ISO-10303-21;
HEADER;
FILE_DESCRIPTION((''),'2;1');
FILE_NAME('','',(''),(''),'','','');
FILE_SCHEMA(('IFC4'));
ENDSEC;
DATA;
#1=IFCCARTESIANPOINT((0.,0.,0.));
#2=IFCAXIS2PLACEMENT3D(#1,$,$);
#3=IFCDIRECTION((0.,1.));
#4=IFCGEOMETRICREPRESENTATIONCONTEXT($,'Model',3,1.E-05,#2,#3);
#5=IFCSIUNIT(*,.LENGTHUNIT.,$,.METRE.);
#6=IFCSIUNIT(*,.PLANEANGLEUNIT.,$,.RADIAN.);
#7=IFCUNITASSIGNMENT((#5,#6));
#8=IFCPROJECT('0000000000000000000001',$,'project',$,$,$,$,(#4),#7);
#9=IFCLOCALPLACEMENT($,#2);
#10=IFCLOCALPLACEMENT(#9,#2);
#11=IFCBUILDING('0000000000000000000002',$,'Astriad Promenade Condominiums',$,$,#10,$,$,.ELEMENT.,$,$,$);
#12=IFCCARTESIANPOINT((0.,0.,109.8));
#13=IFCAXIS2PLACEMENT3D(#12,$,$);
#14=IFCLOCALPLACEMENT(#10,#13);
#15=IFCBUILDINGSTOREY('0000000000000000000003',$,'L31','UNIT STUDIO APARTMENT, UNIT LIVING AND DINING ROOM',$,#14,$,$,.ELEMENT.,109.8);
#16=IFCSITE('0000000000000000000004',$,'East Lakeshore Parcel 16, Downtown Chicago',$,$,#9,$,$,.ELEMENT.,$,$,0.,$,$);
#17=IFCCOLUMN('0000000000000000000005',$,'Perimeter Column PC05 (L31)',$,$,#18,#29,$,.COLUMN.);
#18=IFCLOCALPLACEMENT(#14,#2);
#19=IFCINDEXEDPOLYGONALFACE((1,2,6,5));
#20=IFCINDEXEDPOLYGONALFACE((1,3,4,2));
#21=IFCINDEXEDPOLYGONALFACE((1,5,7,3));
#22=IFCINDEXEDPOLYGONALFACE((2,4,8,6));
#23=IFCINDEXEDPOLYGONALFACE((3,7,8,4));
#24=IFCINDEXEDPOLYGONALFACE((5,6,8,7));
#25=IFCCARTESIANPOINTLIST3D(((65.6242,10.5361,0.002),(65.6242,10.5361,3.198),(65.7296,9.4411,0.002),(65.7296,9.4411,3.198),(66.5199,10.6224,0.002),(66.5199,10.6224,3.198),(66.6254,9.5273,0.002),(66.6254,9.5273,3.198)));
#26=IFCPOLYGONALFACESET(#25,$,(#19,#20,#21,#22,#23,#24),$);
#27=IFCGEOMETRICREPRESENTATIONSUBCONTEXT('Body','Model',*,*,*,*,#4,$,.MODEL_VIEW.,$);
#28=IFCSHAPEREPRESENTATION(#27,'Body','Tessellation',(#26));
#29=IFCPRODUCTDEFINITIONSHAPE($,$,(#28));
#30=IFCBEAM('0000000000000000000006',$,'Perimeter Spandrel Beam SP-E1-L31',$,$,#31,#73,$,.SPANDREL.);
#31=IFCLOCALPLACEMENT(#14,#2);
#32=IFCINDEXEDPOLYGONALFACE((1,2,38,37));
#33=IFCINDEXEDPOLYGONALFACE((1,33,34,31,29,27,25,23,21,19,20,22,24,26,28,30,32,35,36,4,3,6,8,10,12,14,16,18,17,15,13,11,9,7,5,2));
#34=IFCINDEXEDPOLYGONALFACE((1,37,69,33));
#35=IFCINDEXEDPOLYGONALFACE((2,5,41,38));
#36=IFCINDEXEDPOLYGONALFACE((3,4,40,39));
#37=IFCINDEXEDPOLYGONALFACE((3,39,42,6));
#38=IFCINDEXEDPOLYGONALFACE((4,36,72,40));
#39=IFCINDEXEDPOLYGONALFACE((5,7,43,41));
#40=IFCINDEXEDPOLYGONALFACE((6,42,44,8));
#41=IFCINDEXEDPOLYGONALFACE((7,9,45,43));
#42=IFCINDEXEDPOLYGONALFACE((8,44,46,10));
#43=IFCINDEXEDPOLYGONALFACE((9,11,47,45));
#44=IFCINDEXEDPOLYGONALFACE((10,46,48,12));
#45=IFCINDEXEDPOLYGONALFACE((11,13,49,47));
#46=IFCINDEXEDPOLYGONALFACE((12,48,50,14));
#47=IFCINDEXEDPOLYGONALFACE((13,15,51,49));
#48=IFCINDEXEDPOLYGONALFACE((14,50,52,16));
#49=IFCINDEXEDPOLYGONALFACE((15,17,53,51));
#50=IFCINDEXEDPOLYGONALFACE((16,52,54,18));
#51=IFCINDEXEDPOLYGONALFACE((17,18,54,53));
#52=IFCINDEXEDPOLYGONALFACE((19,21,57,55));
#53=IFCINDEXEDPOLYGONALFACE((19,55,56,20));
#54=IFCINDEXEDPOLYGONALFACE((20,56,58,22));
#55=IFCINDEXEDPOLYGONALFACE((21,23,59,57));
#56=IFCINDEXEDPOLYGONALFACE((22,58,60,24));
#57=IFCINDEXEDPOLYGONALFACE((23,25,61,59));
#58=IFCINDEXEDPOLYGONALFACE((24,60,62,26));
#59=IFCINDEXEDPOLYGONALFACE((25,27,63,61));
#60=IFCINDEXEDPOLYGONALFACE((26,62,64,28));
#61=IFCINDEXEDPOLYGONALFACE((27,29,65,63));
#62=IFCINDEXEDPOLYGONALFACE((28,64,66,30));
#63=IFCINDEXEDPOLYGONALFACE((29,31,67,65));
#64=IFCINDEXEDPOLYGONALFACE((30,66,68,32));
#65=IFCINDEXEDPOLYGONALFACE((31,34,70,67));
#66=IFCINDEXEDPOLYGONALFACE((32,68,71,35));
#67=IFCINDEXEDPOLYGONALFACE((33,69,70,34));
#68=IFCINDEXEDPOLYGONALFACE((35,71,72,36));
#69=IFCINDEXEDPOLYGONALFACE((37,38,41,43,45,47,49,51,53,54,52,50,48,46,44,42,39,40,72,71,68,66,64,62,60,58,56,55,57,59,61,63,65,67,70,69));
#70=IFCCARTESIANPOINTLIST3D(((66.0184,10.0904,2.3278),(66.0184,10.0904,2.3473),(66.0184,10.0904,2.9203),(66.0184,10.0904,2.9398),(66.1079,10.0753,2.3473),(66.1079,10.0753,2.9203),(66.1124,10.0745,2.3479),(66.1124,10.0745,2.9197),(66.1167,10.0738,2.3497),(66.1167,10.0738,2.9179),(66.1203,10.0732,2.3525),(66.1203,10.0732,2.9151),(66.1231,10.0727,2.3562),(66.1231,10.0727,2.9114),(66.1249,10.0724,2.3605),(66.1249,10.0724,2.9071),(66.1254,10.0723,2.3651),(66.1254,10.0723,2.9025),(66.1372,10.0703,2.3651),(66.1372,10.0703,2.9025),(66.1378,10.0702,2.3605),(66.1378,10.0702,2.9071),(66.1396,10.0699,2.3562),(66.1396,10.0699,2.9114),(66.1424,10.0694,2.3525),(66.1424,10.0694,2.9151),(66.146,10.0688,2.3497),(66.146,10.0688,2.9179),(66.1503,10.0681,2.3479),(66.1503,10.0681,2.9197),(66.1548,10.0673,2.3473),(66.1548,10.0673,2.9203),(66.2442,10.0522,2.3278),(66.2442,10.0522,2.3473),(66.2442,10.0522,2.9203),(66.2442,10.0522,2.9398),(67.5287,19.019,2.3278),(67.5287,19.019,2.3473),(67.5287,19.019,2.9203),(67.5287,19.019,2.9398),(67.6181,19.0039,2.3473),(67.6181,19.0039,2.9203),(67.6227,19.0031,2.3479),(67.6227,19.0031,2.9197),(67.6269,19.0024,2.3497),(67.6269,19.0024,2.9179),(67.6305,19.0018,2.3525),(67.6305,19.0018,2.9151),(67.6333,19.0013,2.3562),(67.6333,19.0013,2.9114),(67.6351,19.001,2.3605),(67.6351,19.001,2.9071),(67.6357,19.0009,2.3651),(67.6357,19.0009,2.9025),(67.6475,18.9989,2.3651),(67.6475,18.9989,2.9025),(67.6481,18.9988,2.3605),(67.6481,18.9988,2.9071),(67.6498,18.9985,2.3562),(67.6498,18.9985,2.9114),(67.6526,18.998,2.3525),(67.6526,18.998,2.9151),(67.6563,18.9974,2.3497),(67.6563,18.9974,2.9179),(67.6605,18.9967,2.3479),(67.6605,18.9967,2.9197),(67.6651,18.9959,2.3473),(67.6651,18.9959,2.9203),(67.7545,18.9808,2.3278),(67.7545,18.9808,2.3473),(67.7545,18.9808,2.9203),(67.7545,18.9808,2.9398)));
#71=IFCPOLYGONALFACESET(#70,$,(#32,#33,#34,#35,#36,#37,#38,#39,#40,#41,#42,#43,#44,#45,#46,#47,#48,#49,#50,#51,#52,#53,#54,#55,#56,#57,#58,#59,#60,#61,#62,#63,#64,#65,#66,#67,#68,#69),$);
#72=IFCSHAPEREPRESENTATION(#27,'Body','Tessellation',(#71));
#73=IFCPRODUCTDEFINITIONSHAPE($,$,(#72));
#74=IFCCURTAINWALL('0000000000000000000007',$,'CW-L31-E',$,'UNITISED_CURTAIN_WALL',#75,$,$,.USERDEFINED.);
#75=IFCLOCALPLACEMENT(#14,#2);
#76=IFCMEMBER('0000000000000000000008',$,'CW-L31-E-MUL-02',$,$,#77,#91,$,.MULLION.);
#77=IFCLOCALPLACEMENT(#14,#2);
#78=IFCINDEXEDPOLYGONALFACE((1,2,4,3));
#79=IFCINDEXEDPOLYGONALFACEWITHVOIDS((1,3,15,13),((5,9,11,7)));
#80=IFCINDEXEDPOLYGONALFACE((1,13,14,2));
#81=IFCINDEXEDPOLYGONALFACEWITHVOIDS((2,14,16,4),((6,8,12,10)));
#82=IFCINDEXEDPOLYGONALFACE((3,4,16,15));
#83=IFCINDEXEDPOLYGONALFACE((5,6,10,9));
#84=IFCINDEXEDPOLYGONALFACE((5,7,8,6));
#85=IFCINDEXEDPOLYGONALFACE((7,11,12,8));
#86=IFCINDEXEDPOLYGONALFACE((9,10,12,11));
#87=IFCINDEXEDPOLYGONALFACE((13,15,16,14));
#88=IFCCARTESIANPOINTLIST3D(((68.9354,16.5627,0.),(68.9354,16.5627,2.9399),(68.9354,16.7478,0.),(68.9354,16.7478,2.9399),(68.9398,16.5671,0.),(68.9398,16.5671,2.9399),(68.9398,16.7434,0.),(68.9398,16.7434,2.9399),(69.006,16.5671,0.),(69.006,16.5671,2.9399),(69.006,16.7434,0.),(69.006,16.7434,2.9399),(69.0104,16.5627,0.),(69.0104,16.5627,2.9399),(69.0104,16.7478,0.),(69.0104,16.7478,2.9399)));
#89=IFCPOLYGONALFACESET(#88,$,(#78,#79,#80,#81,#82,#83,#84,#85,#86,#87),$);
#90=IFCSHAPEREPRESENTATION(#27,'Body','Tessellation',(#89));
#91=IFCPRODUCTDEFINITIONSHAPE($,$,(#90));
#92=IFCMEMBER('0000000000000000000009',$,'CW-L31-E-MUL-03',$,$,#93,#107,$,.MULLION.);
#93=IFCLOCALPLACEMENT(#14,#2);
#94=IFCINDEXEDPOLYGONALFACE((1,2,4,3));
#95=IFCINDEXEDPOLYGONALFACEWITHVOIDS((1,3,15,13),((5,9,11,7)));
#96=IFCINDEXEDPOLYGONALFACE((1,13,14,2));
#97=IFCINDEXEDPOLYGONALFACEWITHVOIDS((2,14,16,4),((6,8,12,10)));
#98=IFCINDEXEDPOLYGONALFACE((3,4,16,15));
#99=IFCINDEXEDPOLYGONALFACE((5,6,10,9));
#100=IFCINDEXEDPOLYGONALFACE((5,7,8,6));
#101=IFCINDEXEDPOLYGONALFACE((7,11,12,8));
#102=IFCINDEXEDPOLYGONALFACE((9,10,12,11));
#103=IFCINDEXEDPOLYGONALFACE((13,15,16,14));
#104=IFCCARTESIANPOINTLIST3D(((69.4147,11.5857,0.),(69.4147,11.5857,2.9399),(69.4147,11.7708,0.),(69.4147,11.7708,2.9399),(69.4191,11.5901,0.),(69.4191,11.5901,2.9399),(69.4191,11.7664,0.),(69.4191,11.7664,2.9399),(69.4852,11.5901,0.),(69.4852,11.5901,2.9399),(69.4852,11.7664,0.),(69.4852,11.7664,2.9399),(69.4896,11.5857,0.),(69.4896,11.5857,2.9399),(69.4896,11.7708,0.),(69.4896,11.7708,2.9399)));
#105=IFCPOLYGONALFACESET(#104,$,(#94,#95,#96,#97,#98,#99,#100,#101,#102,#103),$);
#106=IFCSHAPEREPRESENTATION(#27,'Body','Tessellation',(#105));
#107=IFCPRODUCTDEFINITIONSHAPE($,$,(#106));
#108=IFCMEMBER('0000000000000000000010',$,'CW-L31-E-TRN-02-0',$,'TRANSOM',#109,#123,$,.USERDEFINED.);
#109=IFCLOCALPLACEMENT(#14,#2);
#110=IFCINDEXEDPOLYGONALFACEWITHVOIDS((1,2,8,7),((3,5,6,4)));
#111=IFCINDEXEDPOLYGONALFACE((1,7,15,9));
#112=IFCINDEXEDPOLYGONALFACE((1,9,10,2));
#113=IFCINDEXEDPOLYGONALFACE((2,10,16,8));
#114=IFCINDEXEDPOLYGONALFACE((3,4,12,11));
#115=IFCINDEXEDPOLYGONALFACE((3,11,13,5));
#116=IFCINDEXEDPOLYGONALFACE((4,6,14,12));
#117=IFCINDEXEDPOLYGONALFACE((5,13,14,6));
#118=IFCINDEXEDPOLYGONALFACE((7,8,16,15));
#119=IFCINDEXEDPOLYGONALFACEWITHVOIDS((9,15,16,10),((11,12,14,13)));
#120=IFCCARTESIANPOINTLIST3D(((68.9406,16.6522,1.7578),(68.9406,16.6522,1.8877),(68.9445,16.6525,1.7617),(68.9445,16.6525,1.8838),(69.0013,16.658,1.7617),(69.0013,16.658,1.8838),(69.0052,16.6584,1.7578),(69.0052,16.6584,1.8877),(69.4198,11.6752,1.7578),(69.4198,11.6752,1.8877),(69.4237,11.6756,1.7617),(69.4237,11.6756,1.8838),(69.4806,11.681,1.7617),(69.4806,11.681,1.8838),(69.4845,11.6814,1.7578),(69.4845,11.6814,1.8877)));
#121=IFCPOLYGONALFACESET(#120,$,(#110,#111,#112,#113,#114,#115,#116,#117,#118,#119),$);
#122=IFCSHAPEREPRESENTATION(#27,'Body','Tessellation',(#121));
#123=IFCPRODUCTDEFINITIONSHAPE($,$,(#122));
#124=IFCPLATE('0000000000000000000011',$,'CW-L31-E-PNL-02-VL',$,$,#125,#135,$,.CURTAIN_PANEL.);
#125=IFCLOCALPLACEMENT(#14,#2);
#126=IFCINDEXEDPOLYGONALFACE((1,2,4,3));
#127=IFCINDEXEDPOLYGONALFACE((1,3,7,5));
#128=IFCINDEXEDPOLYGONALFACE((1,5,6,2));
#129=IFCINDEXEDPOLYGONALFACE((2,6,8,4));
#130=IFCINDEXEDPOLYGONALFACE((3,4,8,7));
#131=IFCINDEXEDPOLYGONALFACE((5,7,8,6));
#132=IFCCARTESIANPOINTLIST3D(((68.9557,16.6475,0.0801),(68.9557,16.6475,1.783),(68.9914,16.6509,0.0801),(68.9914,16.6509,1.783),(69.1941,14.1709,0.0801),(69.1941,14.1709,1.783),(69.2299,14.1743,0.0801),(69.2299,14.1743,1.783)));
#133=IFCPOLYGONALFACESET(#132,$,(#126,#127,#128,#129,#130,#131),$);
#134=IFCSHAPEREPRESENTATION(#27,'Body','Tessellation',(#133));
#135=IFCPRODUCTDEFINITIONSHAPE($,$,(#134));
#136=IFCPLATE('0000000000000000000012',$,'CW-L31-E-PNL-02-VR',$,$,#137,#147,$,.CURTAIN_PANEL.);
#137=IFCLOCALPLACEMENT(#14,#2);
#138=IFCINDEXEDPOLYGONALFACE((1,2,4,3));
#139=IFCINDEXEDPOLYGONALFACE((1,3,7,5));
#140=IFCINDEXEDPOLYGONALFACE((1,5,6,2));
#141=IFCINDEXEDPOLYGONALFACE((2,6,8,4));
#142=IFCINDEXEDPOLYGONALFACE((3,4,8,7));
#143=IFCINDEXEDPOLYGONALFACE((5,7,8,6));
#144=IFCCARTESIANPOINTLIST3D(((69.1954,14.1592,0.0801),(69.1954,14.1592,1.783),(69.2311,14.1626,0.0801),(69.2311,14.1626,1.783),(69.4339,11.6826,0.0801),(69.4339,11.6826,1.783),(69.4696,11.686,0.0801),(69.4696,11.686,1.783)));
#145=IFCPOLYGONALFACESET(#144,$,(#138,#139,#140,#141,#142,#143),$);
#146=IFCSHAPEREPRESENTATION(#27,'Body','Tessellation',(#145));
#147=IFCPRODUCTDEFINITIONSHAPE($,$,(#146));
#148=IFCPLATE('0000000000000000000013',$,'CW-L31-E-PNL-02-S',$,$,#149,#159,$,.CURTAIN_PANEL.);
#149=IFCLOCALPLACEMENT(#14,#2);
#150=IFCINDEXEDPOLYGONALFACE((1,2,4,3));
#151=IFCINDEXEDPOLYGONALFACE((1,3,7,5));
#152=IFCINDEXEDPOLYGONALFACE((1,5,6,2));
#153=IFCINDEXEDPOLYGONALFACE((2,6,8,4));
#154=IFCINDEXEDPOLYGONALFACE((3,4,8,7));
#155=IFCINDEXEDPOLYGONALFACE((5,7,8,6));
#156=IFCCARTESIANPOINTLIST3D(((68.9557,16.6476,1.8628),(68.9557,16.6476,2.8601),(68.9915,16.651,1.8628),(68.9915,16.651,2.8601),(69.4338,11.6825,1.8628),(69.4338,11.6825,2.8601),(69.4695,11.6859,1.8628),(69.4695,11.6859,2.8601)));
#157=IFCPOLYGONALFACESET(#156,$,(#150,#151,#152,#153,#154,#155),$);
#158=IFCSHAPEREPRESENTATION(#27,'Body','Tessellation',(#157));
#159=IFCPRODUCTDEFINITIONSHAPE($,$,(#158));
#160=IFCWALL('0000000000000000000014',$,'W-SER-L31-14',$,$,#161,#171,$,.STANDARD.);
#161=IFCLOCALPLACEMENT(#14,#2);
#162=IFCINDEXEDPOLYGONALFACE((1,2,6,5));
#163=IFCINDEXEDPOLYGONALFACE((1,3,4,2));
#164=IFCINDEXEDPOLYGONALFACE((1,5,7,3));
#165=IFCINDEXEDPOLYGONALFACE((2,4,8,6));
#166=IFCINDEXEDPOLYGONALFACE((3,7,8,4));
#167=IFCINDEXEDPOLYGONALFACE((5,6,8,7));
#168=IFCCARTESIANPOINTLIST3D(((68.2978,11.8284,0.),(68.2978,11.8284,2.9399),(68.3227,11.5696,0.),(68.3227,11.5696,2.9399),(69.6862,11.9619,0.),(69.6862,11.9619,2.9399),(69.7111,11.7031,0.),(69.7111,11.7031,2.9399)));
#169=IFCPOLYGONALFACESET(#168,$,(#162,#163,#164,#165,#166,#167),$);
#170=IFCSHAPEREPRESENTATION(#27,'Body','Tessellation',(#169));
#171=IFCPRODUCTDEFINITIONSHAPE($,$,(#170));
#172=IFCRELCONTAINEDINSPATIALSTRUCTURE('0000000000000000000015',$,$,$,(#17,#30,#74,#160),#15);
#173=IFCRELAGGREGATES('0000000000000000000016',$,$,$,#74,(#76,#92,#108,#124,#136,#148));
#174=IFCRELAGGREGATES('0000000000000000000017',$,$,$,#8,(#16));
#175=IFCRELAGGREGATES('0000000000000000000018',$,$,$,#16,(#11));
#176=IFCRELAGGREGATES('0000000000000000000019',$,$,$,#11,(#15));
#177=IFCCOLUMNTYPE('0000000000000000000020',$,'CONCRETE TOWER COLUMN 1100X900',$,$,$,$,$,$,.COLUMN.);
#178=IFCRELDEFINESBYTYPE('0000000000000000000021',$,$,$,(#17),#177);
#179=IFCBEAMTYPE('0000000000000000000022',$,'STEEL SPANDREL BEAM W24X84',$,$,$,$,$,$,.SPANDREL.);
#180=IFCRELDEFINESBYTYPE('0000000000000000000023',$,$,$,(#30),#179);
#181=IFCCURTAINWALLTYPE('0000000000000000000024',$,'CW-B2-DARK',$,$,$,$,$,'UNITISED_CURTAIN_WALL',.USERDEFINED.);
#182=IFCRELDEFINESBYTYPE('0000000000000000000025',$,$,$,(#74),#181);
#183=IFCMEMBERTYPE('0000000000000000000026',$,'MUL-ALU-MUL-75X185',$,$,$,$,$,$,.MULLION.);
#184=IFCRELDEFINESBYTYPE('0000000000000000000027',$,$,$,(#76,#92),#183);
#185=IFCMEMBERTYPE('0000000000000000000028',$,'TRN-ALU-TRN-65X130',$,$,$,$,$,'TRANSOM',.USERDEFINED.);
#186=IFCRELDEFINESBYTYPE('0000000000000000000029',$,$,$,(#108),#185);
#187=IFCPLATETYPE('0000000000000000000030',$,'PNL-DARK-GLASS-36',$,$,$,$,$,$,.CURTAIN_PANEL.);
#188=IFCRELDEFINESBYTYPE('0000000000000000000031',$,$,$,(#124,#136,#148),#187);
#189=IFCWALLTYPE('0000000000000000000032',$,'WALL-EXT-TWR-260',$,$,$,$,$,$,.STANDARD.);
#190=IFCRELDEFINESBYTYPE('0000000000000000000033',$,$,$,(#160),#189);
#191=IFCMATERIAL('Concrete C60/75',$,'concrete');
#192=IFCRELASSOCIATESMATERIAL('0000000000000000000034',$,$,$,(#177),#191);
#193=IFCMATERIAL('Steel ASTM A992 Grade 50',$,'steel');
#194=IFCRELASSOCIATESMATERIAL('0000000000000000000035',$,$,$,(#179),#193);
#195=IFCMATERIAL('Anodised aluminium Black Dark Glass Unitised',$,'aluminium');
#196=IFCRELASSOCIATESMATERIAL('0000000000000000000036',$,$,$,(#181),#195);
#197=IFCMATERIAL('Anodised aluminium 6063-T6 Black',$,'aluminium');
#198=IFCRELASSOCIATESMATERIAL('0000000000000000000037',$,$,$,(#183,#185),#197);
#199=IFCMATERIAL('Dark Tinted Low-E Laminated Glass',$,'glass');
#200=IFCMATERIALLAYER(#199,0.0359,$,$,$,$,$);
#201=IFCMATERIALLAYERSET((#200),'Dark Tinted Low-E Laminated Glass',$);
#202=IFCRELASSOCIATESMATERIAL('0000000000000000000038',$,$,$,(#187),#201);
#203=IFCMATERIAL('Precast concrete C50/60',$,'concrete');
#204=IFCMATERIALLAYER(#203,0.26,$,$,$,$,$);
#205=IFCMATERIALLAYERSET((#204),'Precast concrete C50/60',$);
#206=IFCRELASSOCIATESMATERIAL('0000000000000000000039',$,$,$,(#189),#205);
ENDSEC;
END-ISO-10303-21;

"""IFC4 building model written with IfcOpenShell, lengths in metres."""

from ifc_helpers import new_model, si_unit, direction, frame, frame_2d, origin, origin_2d, place, context, subcontext, project, spatial, rectangle, hollow_rectangle, i_section, extrude, source, transform, mapped, material, layer, layer_set, material_profile, profile_set, type_object, type_shapes, element, aggregate, save


model = new_model("IFC4")

# Units and contexts
model_context = context("Model", 3, precision=1e-05, world=origin(), true_north=direction((0.0, 1.0)))
body_context = subcontext(model_context, "Body", "Model", "MODEL_VIEW")
ifc_project = project(units=[si_unit("LENGTHUNIT", "METRE"), si_unit("PLANEANGLEUNIT", "RADIAN")], contexts=[model_context])

# Site, building, storey
site_placement = place(None, origin())
site = spatial("IfcSite", under=ifc_project, at=site_placement, Name="East Lakeshore Parcel 16, Downtown Chicago", CompositionType="ELEMENT", RefElevation=0.0)
building_placement = place(site_placement, origin())
building = spatial("IfcBuilding", under=site, at=building_placement, Name="Astriad Promenade Condominiums", CompositionType="ELEMENT")
storey_placement = place(building_placement, frame((0.0, 0.0, 109.8)))
storey = spatial("IfcBuildingStorey", under=building, at=storey_placement, Name="L31", Description="UNIT STUDIO APARTMENT, UNIT LIVING AND DINING ROOM", CompositionType="ELEMENT", Elevation=109.8)

# Column
ifc_material_1 = material(Name="Concrete C60/75", Category="concrete")
ifc_material_profile_1 = material_profile(ifc_material_1, rectangle(XDim=0.8999, YDim=1.1001, at=origin_2d()), Name="RC-COL-1100X900")
ifc_profile_set_1 = profile_set([ifc_material_profile_1], Name="Concrete C60/75")
column_type = type_object("IfcColumnType", Name="CONCRETE TOWER COLUMN 1100X900", PredefinedType="COLUMN", material=ifc_profile_set_1)
shared_shape_1 = source(origin(), body_context, "Body", "SweptSolid", [
    extrude(rectangle(XDim=0.8999, YDim=1.1001, at=origin_2d()), origin(), (0.0, 0.0, 1.0), 3.196),
])
type_shapes(column_type, [shared_shape_1])
column_placement = place(storey_placement, frame((66.1248, 10.0317, 0.002), z_axis=(0.0, 0.0, 1.0), x_axis=(0.995396, 0.095846, 0.0)))
element("IfcColumn", 1, at=column_placement, inside=storey, type_object=column_type, Name="Perimeter Column PC05 (L31)", PredefinedType="COLUMN", context=body_context, shape_type="MappedRepresentation", body=[
    mapped(shared_shape_1, transform((0.0, 0.0, 0.0), scale=1.0)),
])

# Beam
ifc_material_2 = material(Name="Steel ASTM A992 Grade 50", Category="steel")
ifc_material_profile_2 = material_profile(ifc_material_2, i_section(OverallWidth=0.229, OverallDepth=0.6121, WebThickness=0.012, FlangeThickness=0.0195, FilletRadius=0.0178, at=origin_2d()), Name="W24X84")
ifc_profile_set_2 = profile_set([ifc_material_profile_2], Name="Steel ASTM A992 Grade 50")
beam_type = type_object("IfcBeamType", Name="STEEL SPANDREL BEAM W24X84", PredefinedType="SPANDREL", material=ifc_profile_set_2)
shared_shape_2 = source(origin(), body_context, "Body", "SweptSolid", [
    extrude(i_section(OverallWidth=0.229, OverallDepth=0.6121, WebThickness=0.012, FlangeThickness=0.0195, FilletRadius=0.0178, at=origin_2d()), origin(), (0.0, 0.0, 1.0), 9.0554),
])
type_shapes(beam_type, [shared_shape_2])
beam_placement = place(storey_placement, frame((66.1313, 10.0713, 2.6338), z_axis=(0.166777, 0.985995, 0.0), x_axis=(-0.985995, 0.166777, 0.0)))
element("IfcBeam", 2, at=beam_placement, inside=storey, type_object=beam_type, Name="Perimeter Spandrel Beam SP-E1-L31", PredefinedType="SPANDREL", context=body_context, shape_type="MappedRepresentation", body=[
    mapped(shared_shape_2, transform((0.0, 0.0, 0.0), scale=1.0)),
])

# Curtain wall, members, plates
ifc_material_3 = material(Name="Anodised aluminium Black Dark Glass Unitised", Category="aluminium")
curtain_wall_type = type_object("IfcCurtainWallType", Name="CW-B2-DARK", ElementType="UNITISED_CURTAIN_WALL", PredefinedType="USERDEFINED", material=ifc_material_3)
curtain_wall_placement = place(storey_placement, origin())
curtain_wall = element("IfcCurtainWall", 3, at=curtain_wall_placement, inside=storey, type_object=curtain_wall_type, Name="CW-L31-E", ObjectType="UNITISED_CURTAIN_WALL", PredefinedType="USERDEFINED")
ifc_material_4 = material(Name="Anodised aluminium 6063-T6 Black", Category="aluminium")
ifc_material_profile_3 = material_profile(ifc_material_4, hollow_rectangle(XDim=0.075, YDim=0.1851, WallThickness=0.0044, at=origin_2d()), Name="ALU-MUL-75X185")
ifc_profile_set_3 = profile_set([ifc_material_profile_3], Name="Anodised aluminium 6063-T6 Black")
member_type_1 = type_object("IfcMemberType", Name="MUL-ALU-MUL-75X185", PredefinedType="MULLION", material=ifc_profile_set_3)
shared_shape_3 = source(origin(), body_context, "Body", "SweptSolid", [
    extrude(hollow_rectangle(XDim=0.075, YDim=0.1851, WallThickness=0.0044, at=origin_2d()), origin(), (0.0, 0.0, 1.0), 2.9399),
])
type_shapes(member_type_1, [shared_shape_3])
member_1_placement = place(storey_placement, frame((68.9729, 16.6553, 0.0), z_axis=(0.0, 0.0, 1.0), x_axis=(1.0, 0.0, 0.0)))
member_1 = element("IfcMember", 4, at=member_1_placement, type_object=member_type_1, Name="CW-L31-E-MUL-02", PredefinedType="MULLION", context=body_context, shape_type="MappedRepresentation", body=[
    mapped(shared_shape_3, transform((0.0, 0.0, 0.0), scale=1.0)),
])
member_2_placement = place(storey_placement, frame((69.4521, 11.6782, 0.0), z_axis=(0.0, 0.0, 1.0), x_axis=(1.0, 0.0, 0.0)))
member_2 = element("IfcMember", 5, at=member_2_placement, type_object=member_type_1, Name="CW-L31-E-MUL-03", PredefinedType="MULLION", context=body_context, shape_type="MappedRepresentation", body=[
    mapped(shared_shape_3, transform((0.0, 0.0, 0.0), scale=1.0)),
])
ifc_material_profile_4 = material_profile(ifc_material_4, hollow_rectangle(XDim=0.0649, YDim=0.1299, WallThickness=0.0039, at=origin_2d()), Name="ALU-TRN-65X130")
ifc_profile_set_4 = profile_set([ifc_material_profile_4], Name="Anodised aluminium 6063-T6 Black")
member_type_2 = type_object("IfcMemberType", Name="TRN-ALU-TRN-65X130", ElementType="TRANSOM", PredefinedType="USERDEFINED", material=ifc_profile_set_4)
shared_shape_4 = source(origin(), body_context, "Body", "SweptSolid", [
    extrude(hollow_rectangle(XDim=0.0649, YDim=0.1299, WallThickness=0.0039, at=origin_2d()), origin(), (0.0, 0.0, 1.0), 5.0),
])
type_shapes(member_type_2, [shared_shape_4])
member_3_placement = place(storey_placement, frame((68.9729, 16.6553, 1.8228), z_axis=(0.095848, -0.995396, 0.0), x_axis=(0.995396, 0.095848, 0.0)))
member_3 = element("IfcMember", 6, at=member_3_placement, type_object=member_type_2, Name="CW-L31-E-TRN-02-0", ObjectType="TRANSOM", PredefinedType="USERDEFINED", context=body_context, shape_type="MappedRepresentation", body=[
    mapped(shared_shape_4, transform((0.0, 0.0, 0.0), scale=1.0)),
])
ifc_material_5 = material(Name="Dark Tinted Low-E Laminated Glass", Category="glass")
ifc_layer_1 = layer(ifc_material_5, 0.0359)
ifc_layer_set_1 = layer_set([ifc_layer_1], Name="Dark Tinted Low-E Laminated Glass")
plate_type = type_object("IfcPlateType", Name="PNL-DARK-GLASS-36", PredefinedType="CURTAIN_PANEL", material=ifc_layer_set_1)
shared_shape_5 = source(origin(), body_context, "Body", "SweptSolid", [
    extrude(rectangle(XDim=2.488, YDim=0.0359, at=origin_2d()), origin(), (0.0, 0.0, 1.0), 1.7029),
])
plate_1_placement = place(storey_placement, frame((69.0928, 15.4109, 0.0801), z_axis=(0.0, 0.0, 1.0), x_axis=(0.095846, -0.995396, 0.0)))
plate_1 = element("IfcPlate", 7, at=plate_1_placement, type_object=plate_type, Name="CW-L31-E-PNL-02-VL", PredefinedType="CURTAIN_PANEL", context=body_context, shape_type="MappedRepresentation", body=[
    mapped(shared_shape_5, transform((0.0, 0.0, 0.0), scale=1.0)),
])
plate_2_placement = place(storey_placement, frame((69.3325, 12.9226, 0.0801), z_axis=(0.0, 0.0, 1.0), x_axis=(0.095846, -0.995396, 0.0)))
plate_2 = element("IfcPlate", 8, at=plate_2_placement, type_object=plate_type, Name="CW-L31-E-PNL-02-VR", PredefinedType="CURTAIN_PANEL", context=body_context, shape_type="MappedRepresentation", body=[
    mapped(shared_shape_5, transform((0.0, 0.0, 0.0), scale=1.0)),
])
shared_shape_6 = source(origin(), body_context, "Body", "SweptSolid", [
    extrude(rectangle(XDim=4.988, YDim=0.0359, at=origin_2d()), origin(), (0.0, 0.0, 1.0), 0.9973),
])
type_shapes(plate_type, [shared_shape_5, shared_shape_6])
plate_3_placement = place(storey_placement, frame((69.2126, 14.1667, 1.8628), z_axis=(0.0, 0.0, 1.0), x_axis=(0.095846, -0.995396, 0.0)))
plate_3 = element("IfcPlate", 9, at=plate_3_placement, type_object=plate_type, Name="CW-L31-E-PNL-02-S", PredefinedType="CURTAIN_PANEL", context=body_context, shape_type="MappedRepresentation", body=[
    mapped(shared_shape_6, transform((0.0, 0.0, 0.0), scale=1.0)),
])
aggregate(curtain_wall, [member_1, member_2, member_3, plate_1, plate_2, plate_3])

# Wall
ifc_material_6 = material(Name="Precast concrete C50/60", Category="concrete")
ifc_layer_2 = layer(ifc_material_6, 0.26)
ifc_layer_set_2 = layer_set([ifc_layer_2], Name="Precast concrete C50/60")
wall_type_1 = type_object("IfcWallType", Name="WALL-EXT-TWR-260", PredefinedType="STANDARD", material=ifc_layer_set_2)
for number, where, z_axis, x_axis, name in (
    (10, (69.6985, 11.8325, 0.0), (0.0, 0.0, 1.0), (-0.995406, -0.095742, 0.0), "W-SER-L31-14"),
):
    element("IfcWall", number, at=place(storey_placement, frame(where, z_axis=z_axis, x_axis=x_axis)), inside=storey, type_object=wall_type_1, Name=name, PredefinedType="STANDARD", context=body_context, shape_type="SweptSolid", body=[
        extrude(rectangle(XDim=1.3948, YDim=0.26, at=frame_2d((0.6973, 0.0))), origin(), (0.0, 0.0, 1.0), 2.9399),
    ])

save(model, "model.ifc")
